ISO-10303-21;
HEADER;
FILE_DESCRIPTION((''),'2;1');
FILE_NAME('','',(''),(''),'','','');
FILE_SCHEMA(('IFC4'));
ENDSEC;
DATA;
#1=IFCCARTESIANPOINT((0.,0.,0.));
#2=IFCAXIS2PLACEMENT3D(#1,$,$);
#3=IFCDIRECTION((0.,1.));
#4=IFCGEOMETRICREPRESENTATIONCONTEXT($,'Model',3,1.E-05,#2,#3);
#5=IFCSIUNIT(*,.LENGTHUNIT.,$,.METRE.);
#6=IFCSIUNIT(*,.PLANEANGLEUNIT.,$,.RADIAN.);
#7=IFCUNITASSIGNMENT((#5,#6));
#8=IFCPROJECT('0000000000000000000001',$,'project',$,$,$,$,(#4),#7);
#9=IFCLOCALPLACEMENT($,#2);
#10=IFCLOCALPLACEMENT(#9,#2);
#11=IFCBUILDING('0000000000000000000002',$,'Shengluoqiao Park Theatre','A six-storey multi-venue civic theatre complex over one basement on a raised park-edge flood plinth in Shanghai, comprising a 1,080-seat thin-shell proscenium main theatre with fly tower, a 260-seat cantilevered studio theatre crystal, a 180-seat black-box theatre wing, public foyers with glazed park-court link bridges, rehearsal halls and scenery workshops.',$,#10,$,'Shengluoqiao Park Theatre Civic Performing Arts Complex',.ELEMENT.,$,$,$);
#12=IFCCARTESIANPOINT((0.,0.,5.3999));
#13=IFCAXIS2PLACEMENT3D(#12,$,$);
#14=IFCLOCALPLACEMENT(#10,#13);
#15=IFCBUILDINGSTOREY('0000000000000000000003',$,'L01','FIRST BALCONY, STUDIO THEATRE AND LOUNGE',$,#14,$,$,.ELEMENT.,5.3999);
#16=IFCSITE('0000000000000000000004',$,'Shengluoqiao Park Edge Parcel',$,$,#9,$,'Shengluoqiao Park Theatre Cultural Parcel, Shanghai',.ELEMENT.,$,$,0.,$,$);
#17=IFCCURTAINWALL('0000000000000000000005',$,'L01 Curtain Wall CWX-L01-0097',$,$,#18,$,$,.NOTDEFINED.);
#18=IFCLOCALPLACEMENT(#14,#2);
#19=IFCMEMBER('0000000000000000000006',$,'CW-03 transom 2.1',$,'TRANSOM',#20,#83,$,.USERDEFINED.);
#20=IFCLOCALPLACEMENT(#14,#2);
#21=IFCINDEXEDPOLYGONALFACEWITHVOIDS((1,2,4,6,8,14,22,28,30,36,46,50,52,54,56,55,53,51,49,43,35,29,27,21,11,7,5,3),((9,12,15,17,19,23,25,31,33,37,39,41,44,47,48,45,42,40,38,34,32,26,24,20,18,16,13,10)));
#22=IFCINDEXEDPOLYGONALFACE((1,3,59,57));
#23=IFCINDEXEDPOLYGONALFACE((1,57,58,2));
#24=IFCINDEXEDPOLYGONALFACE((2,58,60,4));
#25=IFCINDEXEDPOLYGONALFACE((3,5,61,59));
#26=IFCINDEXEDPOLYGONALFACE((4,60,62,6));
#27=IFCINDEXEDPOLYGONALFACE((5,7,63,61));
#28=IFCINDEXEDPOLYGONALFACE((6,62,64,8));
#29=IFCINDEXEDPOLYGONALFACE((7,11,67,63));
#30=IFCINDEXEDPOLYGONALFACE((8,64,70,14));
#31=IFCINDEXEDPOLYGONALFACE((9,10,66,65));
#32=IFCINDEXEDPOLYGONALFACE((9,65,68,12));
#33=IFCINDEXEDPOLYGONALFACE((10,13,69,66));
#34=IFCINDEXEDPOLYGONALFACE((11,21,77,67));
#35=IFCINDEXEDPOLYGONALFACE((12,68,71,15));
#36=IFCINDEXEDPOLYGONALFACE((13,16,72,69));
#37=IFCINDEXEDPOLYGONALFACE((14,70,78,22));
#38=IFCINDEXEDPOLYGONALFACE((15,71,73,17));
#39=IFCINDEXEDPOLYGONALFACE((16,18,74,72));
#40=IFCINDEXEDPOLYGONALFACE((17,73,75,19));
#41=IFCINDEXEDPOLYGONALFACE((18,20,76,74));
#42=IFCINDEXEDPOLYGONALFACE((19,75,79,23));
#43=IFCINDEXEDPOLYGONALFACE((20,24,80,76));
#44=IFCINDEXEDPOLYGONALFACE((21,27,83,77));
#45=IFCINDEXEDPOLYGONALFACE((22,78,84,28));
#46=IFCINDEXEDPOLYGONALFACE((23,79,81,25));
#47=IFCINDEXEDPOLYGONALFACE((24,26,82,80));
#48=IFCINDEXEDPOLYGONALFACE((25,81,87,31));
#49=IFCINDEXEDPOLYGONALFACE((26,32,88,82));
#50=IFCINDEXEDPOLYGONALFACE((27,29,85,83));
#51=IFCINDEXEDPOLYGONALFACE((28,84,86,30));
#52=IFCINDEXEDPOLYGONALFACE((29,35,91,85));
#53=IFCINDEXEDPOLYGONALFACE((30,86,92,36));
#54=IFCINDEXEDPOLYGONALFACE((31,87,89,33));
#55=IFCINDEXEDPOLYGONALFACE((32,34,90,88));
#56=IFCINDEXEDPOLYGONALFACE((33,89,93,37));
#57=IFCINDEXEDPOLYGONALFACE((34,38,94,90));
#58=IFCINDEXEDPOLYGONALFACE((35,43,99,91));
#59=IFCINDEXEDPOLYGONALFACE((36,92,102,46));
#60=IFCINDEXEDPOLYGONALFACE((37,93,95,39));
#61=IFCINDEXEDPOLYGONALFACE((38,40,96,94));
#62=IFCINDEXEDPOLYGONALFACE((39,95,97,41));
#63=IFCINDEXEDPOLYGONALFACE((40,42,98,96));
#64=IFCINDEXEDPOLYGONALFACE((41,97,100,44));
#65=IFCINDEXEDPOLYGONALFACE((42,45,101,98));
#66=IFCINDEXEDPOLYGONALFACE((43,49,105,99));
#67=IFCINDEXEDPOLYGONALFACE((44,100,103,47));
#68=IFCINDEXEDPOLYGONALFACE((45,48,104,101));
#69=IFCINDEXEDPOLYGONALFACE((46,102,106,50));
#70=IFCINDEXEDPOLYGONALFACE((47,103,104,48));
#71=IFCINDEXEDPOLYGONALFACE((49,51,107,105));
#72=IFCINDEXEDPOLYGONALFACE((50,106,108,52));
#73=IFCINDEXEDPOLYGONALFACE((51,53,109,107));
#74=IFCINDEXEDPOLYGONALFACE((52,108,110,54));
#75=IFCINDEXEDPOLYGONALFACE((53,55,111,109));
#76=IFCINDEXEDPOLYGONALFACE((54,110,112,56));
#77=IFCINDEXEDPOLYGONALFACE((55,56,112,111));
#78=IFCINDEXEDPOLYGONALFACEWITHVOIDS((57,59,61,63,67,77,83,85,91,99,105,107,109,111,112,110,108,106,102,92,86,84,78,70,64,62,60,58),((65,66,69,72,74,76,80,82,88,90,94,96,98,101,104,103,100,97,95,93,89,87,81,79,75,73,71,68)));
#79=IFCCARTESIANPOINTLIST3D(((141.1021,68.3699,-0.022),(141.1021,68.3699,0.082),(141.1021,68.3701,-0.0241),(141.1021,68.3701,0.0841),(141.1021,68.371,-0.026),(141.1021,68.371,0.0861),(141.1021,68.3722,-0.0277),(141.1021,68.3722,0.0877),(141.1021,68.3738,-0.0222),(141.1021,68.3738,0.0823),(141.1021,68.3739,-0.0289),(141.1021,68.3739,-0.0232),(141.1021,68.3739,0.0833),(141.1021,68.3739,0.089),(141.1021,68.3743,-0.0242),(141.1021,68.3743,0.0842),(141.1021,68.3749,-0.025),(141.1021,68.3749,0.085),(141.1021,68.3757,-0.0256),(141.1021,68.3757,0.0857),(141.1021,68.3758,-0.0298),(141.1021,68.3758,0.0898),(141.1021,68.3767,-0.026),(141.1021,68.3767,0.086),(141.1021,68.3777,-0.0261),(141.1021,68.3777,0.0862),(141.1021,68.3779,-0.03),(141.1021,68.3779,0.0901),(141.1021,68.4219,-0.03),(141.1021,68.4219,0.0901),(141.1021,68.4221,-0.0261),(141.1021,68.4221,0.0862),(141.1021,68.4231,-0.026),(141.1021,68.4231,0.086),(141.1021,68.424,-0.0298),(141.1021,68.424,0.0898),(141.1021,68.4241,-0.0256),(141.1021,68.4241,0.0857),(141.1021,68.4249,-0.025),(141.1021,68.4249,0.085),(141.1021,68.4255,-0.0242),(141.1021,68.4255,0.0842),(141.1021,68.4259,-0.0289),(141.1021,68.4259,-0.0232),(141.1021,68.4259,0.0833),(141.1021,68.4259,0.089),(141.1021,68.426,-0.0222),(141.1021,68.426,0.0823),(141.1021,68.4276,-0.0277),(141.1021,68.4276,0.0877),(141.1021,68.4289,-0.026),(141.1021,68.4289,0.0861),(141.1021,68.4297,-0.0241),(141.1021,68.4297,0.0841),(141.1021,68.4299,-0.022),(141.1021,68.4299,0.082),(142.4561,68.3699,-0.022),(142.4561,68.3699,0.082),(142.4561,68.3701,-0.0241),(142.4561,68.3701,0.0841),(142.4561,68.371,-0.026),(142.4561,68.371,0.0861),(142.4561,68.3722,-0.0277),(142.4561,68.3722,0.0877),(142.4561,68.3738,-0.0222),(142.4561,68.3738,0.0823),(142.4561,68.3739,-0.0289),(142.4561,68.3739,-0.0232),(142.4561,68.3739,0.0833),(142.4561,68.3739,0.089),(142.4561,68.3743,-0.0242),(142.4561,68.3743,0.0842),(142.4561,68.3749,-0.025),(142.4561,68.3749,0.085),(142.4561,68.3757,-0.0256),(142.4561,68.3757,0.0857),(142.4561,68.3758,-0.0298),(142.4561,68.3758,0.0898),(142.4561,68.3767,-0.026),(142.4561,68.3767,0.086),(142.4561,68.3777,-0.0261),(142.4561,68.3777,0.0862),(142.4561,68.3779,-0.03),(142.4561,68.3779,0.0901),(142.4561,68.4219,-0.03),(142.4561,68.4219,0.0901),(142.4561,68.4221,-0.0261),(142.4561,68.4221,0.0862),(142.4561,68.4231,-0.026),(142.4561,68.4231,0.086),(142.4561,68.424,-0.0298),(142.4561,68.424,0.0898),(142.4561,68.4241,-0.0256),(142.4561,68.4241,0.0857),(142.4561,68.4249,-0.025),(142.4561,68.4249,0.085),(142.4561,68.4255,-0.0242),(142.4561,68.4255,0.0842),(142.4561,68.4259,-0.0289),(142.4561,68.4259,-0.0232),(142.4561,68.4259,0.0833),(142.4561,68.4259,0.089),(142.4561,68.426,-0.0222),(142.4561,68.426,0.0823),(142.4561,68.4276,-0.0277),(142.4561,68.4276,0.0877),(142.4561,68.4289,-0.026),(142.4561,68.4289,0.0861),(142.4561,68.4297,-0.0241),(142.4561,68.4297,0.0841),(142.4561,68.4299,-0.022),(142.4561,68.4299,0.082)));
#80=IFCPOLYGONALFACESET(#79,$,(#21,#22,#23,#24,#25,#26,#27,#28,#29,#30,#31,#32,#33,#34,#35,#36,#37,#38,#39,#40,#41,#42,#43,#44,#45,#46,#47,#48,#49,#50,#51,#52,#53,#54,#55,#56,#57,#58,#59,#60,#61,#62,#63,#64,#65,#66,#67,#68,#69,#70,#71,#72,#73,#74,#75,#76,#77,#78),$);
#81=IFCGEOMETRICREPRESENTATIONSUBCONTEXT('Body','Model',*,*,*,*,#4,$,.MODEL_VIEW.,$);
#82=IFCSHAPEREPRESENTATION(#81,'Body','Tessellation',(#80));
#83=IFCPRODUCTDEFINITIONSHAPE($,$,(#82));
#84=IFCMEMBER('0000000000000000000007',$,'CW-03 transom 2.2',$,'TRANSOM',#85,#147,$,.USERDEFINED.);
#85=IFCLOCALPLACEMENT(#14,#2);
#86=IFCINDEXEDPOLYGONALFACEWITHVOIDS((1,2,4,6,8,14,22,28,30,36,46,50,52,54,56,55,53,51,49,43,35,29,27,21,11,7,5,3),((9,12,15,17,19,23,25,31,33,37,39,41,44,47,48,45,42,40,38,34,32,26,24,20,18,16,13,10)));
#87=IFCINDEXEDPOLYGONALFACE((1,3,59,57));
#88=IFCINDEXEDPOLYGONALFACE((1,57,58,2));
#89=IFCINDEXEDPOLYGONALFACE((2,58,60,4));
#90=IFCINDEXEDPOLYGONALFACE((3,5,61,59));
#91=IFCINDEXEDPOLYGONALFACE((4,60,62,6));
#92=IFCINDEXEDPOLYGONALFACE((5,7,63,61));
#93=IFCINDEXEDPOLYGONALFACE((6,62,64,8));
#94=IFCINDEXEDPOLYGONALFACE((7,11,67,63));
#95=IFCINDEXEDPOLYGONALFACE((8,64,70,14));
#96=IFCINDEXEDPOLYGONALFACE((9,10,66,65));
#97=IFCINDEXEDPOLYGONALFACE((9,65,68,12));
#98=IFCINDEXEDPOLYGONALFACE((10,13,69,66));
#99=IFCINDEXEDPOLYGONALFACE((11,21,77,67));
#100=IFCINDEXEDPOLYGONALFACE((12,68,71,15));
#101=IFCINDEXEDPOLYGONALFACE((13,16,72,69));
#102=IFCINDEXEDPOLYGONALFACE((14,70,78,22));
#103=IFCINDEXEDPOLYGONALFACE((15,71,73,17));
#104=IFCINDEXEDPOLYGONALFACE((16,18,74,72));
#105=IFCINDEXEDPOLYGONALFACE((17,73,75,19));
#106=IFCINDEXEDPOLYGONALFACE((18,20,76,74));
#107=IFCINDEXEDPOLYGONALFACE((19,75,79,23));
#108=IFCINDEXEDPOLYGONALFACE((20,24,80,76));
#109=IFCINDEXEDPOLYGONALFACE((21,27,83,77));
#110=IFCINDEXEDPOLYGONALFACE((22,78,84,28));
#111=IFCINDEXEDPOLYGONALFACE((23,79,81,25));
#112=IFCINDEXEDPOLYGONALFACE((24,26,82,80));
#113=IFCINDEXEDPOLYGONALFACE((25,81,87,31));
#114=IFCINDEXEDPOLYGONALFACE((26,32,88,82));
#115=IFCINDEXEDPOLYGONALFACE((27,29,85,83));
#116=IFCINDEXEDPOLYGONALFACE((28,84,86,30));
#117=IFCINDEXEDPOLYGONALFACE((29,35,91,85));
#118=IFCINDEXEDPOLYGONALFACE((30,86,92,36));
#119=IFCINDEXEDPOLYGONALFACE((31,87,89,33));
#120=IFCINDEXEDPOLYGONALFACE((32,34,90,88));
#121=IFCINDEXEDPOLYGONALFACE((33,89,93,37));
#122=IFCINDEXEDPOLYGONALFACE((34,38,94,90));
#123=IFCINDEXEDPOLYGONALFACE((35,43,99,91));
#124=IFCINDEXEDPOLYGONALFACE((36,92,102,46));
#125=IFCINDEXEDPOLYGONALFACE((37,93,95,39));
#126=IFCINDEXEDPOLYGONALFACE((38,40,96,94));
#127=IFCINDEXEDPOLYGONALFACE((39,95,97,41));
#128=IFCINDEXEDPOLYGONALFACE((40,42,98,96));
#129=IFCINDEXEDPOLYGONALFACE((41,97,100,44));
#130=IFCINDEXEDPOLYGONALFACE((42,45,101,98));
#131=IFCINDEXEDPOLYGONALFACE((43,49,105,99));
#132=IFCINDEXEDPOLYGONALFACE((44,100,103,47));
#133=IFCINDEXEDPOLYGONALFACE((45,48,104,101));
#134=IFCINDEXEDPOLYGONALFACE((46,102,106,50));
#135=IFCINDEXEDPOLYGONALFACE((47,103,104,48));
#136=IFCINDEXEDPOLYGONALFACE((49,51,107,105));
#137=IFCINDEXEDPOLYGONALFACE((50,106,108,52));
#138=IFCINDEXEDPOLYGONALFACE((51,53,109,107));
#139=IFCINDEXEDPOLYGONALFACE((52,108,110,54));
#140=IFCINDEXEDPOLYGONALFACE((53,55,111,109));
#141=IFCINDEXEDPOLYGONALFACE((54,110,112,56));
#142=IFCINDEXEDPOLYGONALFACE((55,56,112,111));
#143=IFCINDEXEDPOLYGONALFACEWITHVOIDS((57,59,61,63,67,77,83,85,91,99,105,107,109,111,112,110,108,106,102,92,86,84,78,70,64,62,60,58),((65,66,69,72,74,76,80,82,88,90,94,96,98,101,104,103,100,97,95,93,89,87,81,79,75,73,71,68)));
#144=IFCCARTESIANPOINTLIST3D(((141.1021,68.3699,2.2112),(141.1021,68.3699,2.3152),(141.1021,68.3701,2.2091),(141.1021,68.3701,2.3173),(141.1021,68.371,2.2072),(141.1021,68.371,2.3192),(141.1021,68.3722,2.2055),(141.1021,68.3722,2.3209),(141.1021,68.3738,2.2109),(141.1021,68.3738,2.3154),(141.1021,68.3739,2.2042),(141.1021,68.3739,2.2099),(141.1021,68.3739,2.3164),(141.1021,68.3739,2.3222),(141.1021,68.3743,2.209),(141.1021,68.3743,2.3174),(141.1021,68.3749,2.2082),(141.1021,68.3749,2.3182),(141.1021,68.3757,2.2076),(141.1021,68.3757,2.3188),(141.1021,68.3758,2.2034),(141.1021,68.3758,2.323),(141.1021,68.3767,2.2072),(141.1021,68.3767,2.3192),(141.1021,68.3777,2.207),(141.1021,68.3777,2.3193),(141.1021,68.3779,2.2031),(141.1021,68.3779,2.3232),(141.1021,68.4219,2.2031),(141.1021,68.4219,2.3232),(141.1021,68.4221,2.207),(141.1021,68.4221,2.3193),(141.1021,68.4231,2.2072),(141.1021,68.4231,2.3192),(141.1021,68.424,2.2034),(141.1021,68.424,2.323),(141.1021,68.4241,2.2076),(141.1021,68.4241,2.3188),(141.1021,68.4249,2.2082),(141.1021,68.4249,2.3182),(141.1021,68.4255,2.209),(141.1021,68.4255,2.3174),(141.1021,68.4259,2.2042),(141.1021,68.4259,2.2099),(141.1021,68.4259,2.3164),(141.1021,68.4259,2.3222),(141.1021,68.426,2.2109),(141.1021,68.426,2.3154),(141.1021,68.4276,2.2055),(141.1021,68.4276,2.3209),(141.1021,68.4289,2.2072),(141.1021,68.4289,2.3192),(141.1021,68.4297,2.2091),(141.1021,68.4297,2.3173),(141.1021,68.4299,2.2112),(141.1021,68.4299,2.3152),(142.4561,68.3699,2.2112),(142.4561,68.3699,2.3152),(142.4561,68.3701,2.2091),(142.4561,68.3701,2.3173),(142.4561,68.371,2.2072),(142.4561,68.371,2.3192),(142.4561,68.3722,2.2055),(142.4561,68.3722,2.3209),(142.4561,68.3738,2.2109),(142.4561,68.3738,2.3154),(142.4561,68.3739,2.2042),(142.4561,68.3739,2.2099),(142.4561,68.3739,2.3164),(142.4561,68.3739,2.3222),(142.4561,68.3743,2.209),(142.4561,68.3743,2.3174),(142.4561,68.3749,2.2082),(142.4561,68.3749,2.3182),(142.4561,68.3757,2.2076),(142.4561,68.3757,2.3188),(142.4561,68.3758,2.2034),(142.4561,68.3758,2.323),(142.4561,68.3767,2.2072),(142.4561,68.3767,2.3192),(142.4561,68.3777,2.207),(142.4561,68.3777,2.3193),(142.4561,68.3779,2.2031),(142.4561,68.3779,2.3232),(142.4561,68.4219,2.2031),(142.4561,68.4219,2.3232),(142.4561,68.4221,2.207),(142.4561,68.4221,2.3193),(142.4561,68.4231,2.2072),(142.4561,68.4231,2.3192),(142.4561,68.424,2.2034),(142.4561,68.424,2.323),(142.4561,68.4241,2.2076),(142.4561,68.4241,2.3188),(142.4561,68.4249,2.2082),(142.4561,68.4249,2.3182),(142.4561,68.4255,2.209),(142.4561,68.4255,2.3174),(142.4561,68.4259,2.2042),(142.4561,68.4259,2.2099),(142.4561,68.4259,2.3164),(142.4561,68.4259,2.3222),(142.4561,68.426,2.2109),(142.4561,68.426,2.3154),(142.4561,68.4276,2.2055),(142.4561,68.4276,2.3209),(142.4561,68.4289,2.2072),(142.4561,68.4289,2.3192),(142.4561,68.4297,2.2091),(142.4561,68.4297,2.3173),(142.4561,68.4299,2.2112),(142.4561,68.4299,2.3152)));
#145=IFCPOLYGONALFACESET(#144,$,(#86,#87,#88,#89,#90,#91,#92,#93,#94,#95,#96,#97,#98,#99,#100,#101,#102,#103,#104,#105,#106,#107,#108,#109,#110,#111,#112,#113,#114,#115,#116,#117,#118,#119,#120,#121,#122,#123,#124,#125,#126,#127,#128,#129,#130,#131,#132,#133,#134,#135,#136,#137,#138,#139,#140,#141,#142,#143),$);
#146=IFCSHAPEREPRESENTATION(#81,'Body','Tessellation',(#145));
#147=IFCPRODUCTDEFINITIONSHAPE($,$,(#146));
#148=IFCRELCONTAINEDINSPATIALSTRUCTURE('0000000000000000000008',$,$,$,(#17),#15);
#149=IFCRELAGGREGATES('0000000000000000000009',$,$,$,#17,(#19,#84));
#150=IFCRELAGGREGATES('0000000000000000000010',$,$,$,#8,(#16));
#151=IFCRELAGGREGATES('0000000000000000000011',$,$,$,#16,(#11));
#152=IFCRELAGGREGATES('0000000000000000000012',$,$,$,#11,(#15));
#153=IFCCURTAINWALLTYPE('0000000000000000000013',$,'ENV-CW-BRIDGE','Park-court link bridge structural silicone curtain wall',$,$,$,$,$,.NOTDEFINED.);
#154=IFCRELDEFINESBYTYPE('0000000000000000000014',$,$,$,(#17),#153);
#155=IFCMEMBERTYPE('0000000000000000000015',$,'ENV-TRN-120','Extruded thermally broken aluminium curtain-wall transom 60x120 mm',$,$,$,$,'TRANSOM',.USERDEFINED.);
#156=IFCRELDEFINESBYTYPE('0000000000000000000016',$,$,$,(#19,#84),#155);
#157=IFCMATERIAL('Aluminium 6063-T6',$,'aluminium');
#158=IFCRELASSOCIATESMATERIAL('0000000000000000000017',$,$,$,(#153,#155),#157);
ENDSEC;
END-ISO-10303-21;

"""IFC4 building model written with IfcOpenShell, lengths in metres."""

from ifc_helpers import new_model, si_unit, direction, frame, origin, origin_2d, place, context, subcontext, project, spatial, hollow_rectangle, extrude, material, material_profile, profile_set, type_object, element, aggregate, save


model = new_model("IFC4")

# Units and contexts
model_context = context("Model", 3, precision=1e-05, world=origin(), true_north=direction((0.0, 1.0)))
body_context = subcontext(model_context, "Body", "Model", "MODEL_VIEW")
ifc_project = project(units=[si_unit("LENGTHUNIT", "METRE"), si_unit("PLANEANGLEUNIT", "RADIAN")], contexts=[model_context])

# Site, building, storey
site_placement = place(None, origin())
site = spatial("IfcSite", under=ifc_project, at=site_placement, Name="Shengluoqiao Park Edge Parcel", LongName="Shengluoqiao Park Theatre Cultural Parcel, Shanghai", CompositionType="ELEMENT", RefElevation=0.0)
building_placement = place(site_placement, origin())
building = spatial("IfcBuilding", under=site, at=building_placement, Name="Shengluoqiao Park Theatre", Description="A six-storey multi-venue civic theatre complex over one basement on a raised park-edge flood plinth in Shanghai, comprising a 1,080-seat thin-shell proscenium main theatre with fly tower, a 260-seat cantilevered studio theatre crystal, a 180-seat black-box theatre wing, public foyers with glazed park-court link bridges, rehearsal halls and scenery workshops.", LongName="Shengluoqiao Park Theatre Civic Performing Arts Complex", CompositionType="ELEMENT")
storey_placement = place(building_placement, frame((0.0, 0.0, 5.3999)))
storey = spatial("IfcBuildingStorey", under=building, at=storey_placement, Name="L01", Description="FIRST BALCONY, STUDIO THEATRE AND LOUNGE", CompositionType="ELEMENT", Elevation=5.3999)

# Curtain wall, members
ifc_material_1 = material(Name="Aluminium 6063-T6", Category="aluminium")
curtain_wall_type = type_object("IfcCurtainWallType", Name="ENV-CW-BRIDGE", Description="Park-court link bridge structural silicone curtain wall", PredefinedType="NOTDEFINED", material=ifc_material_1)
curtain_wall_placement = place(storey_placement, origin())
curtain_wall = element("IfcCurtainWall", 1, at=curtain_wall_placement, inside=storey, type_object=curtain_wall_type, Name="L01 Curtain Wall CWX-L01-0097", PredefinedType="NOTDEFINED")
ifc_material_profile_1 = material_profile(ifc_material_1, hollow_rectangle(XDim=0.0601, YDim=0.1201, WallThickness=0.0039, InnerFilletRadius=0.0039, OuterFilletRadius=0.0081, at=origin_2d()), Name="ALU TRANSOM 120x60x4")
ifc_profile_set_1 = profile_set([ifc_material_profile_1], Name="Aluminium 6063-T6")
member_type_1 = type_object("IfcMemberType", Name="ENV-TRN-120", Description="Extruded thermally broken aluminium curtain-wall transom 60x120 mm", ElementType="TRANSOM", PredefinedType="USERDEFINED", material=ifc_profile_set_1)
member_1_placement = place(storey_placement, frame((141.1021, 68.3999, 0.03), z_axis=(1.0, 0.0, 0.0), x_axis=(0.0, 1.0, 0.0)))
member_1 = element("IfcMember", 2, at=member_1_placement, type_object=member_type_1, Name="CW-03 transom 2.1", ObjectType="TRANSOM", PredefinedType="USERDEFINED", context=body_context, shape_type="SweptSolid", body=[
    extrude(hollow_rectangle(XDim=0.0601, YDim=0.1201, WallThickness=0.0039, InnerFilletRadius=0.0039, OuterFilletRadius=0.0081, at=origin_2d()), origin(), (0.0, 0.0, 1.0), 1.354),
])
member_2_placement = place(storey_placement, frame((141.1021, 68.3999, 2.2632), z_axis=(1.0, 0.0, 0.0), x_axis=(0.0, 1.0, 0.0)))
member_2 = element("IfcMember", 3, at=member_2_placement, type_object=member_type_1, Name="CW-03 transom 2.2", ObjectType="TRANSOM", PredefinedType="USERDEFINED", context=body_context, shape_type="SweptSolid", body=[
    extrude(hollow_rectangle(XDim=0.0601, YDim=0.1201, WallThickness=0.0039, InnerFilletRadius=0.0039, OuterFilletRadius=0.0081, at=origin_2d()), origin(), (0.0, 0.0, 1.0), 1.354),
])
aggregate(curtain_wall, [member_1, member_2])

save(model, "model.ifc")
